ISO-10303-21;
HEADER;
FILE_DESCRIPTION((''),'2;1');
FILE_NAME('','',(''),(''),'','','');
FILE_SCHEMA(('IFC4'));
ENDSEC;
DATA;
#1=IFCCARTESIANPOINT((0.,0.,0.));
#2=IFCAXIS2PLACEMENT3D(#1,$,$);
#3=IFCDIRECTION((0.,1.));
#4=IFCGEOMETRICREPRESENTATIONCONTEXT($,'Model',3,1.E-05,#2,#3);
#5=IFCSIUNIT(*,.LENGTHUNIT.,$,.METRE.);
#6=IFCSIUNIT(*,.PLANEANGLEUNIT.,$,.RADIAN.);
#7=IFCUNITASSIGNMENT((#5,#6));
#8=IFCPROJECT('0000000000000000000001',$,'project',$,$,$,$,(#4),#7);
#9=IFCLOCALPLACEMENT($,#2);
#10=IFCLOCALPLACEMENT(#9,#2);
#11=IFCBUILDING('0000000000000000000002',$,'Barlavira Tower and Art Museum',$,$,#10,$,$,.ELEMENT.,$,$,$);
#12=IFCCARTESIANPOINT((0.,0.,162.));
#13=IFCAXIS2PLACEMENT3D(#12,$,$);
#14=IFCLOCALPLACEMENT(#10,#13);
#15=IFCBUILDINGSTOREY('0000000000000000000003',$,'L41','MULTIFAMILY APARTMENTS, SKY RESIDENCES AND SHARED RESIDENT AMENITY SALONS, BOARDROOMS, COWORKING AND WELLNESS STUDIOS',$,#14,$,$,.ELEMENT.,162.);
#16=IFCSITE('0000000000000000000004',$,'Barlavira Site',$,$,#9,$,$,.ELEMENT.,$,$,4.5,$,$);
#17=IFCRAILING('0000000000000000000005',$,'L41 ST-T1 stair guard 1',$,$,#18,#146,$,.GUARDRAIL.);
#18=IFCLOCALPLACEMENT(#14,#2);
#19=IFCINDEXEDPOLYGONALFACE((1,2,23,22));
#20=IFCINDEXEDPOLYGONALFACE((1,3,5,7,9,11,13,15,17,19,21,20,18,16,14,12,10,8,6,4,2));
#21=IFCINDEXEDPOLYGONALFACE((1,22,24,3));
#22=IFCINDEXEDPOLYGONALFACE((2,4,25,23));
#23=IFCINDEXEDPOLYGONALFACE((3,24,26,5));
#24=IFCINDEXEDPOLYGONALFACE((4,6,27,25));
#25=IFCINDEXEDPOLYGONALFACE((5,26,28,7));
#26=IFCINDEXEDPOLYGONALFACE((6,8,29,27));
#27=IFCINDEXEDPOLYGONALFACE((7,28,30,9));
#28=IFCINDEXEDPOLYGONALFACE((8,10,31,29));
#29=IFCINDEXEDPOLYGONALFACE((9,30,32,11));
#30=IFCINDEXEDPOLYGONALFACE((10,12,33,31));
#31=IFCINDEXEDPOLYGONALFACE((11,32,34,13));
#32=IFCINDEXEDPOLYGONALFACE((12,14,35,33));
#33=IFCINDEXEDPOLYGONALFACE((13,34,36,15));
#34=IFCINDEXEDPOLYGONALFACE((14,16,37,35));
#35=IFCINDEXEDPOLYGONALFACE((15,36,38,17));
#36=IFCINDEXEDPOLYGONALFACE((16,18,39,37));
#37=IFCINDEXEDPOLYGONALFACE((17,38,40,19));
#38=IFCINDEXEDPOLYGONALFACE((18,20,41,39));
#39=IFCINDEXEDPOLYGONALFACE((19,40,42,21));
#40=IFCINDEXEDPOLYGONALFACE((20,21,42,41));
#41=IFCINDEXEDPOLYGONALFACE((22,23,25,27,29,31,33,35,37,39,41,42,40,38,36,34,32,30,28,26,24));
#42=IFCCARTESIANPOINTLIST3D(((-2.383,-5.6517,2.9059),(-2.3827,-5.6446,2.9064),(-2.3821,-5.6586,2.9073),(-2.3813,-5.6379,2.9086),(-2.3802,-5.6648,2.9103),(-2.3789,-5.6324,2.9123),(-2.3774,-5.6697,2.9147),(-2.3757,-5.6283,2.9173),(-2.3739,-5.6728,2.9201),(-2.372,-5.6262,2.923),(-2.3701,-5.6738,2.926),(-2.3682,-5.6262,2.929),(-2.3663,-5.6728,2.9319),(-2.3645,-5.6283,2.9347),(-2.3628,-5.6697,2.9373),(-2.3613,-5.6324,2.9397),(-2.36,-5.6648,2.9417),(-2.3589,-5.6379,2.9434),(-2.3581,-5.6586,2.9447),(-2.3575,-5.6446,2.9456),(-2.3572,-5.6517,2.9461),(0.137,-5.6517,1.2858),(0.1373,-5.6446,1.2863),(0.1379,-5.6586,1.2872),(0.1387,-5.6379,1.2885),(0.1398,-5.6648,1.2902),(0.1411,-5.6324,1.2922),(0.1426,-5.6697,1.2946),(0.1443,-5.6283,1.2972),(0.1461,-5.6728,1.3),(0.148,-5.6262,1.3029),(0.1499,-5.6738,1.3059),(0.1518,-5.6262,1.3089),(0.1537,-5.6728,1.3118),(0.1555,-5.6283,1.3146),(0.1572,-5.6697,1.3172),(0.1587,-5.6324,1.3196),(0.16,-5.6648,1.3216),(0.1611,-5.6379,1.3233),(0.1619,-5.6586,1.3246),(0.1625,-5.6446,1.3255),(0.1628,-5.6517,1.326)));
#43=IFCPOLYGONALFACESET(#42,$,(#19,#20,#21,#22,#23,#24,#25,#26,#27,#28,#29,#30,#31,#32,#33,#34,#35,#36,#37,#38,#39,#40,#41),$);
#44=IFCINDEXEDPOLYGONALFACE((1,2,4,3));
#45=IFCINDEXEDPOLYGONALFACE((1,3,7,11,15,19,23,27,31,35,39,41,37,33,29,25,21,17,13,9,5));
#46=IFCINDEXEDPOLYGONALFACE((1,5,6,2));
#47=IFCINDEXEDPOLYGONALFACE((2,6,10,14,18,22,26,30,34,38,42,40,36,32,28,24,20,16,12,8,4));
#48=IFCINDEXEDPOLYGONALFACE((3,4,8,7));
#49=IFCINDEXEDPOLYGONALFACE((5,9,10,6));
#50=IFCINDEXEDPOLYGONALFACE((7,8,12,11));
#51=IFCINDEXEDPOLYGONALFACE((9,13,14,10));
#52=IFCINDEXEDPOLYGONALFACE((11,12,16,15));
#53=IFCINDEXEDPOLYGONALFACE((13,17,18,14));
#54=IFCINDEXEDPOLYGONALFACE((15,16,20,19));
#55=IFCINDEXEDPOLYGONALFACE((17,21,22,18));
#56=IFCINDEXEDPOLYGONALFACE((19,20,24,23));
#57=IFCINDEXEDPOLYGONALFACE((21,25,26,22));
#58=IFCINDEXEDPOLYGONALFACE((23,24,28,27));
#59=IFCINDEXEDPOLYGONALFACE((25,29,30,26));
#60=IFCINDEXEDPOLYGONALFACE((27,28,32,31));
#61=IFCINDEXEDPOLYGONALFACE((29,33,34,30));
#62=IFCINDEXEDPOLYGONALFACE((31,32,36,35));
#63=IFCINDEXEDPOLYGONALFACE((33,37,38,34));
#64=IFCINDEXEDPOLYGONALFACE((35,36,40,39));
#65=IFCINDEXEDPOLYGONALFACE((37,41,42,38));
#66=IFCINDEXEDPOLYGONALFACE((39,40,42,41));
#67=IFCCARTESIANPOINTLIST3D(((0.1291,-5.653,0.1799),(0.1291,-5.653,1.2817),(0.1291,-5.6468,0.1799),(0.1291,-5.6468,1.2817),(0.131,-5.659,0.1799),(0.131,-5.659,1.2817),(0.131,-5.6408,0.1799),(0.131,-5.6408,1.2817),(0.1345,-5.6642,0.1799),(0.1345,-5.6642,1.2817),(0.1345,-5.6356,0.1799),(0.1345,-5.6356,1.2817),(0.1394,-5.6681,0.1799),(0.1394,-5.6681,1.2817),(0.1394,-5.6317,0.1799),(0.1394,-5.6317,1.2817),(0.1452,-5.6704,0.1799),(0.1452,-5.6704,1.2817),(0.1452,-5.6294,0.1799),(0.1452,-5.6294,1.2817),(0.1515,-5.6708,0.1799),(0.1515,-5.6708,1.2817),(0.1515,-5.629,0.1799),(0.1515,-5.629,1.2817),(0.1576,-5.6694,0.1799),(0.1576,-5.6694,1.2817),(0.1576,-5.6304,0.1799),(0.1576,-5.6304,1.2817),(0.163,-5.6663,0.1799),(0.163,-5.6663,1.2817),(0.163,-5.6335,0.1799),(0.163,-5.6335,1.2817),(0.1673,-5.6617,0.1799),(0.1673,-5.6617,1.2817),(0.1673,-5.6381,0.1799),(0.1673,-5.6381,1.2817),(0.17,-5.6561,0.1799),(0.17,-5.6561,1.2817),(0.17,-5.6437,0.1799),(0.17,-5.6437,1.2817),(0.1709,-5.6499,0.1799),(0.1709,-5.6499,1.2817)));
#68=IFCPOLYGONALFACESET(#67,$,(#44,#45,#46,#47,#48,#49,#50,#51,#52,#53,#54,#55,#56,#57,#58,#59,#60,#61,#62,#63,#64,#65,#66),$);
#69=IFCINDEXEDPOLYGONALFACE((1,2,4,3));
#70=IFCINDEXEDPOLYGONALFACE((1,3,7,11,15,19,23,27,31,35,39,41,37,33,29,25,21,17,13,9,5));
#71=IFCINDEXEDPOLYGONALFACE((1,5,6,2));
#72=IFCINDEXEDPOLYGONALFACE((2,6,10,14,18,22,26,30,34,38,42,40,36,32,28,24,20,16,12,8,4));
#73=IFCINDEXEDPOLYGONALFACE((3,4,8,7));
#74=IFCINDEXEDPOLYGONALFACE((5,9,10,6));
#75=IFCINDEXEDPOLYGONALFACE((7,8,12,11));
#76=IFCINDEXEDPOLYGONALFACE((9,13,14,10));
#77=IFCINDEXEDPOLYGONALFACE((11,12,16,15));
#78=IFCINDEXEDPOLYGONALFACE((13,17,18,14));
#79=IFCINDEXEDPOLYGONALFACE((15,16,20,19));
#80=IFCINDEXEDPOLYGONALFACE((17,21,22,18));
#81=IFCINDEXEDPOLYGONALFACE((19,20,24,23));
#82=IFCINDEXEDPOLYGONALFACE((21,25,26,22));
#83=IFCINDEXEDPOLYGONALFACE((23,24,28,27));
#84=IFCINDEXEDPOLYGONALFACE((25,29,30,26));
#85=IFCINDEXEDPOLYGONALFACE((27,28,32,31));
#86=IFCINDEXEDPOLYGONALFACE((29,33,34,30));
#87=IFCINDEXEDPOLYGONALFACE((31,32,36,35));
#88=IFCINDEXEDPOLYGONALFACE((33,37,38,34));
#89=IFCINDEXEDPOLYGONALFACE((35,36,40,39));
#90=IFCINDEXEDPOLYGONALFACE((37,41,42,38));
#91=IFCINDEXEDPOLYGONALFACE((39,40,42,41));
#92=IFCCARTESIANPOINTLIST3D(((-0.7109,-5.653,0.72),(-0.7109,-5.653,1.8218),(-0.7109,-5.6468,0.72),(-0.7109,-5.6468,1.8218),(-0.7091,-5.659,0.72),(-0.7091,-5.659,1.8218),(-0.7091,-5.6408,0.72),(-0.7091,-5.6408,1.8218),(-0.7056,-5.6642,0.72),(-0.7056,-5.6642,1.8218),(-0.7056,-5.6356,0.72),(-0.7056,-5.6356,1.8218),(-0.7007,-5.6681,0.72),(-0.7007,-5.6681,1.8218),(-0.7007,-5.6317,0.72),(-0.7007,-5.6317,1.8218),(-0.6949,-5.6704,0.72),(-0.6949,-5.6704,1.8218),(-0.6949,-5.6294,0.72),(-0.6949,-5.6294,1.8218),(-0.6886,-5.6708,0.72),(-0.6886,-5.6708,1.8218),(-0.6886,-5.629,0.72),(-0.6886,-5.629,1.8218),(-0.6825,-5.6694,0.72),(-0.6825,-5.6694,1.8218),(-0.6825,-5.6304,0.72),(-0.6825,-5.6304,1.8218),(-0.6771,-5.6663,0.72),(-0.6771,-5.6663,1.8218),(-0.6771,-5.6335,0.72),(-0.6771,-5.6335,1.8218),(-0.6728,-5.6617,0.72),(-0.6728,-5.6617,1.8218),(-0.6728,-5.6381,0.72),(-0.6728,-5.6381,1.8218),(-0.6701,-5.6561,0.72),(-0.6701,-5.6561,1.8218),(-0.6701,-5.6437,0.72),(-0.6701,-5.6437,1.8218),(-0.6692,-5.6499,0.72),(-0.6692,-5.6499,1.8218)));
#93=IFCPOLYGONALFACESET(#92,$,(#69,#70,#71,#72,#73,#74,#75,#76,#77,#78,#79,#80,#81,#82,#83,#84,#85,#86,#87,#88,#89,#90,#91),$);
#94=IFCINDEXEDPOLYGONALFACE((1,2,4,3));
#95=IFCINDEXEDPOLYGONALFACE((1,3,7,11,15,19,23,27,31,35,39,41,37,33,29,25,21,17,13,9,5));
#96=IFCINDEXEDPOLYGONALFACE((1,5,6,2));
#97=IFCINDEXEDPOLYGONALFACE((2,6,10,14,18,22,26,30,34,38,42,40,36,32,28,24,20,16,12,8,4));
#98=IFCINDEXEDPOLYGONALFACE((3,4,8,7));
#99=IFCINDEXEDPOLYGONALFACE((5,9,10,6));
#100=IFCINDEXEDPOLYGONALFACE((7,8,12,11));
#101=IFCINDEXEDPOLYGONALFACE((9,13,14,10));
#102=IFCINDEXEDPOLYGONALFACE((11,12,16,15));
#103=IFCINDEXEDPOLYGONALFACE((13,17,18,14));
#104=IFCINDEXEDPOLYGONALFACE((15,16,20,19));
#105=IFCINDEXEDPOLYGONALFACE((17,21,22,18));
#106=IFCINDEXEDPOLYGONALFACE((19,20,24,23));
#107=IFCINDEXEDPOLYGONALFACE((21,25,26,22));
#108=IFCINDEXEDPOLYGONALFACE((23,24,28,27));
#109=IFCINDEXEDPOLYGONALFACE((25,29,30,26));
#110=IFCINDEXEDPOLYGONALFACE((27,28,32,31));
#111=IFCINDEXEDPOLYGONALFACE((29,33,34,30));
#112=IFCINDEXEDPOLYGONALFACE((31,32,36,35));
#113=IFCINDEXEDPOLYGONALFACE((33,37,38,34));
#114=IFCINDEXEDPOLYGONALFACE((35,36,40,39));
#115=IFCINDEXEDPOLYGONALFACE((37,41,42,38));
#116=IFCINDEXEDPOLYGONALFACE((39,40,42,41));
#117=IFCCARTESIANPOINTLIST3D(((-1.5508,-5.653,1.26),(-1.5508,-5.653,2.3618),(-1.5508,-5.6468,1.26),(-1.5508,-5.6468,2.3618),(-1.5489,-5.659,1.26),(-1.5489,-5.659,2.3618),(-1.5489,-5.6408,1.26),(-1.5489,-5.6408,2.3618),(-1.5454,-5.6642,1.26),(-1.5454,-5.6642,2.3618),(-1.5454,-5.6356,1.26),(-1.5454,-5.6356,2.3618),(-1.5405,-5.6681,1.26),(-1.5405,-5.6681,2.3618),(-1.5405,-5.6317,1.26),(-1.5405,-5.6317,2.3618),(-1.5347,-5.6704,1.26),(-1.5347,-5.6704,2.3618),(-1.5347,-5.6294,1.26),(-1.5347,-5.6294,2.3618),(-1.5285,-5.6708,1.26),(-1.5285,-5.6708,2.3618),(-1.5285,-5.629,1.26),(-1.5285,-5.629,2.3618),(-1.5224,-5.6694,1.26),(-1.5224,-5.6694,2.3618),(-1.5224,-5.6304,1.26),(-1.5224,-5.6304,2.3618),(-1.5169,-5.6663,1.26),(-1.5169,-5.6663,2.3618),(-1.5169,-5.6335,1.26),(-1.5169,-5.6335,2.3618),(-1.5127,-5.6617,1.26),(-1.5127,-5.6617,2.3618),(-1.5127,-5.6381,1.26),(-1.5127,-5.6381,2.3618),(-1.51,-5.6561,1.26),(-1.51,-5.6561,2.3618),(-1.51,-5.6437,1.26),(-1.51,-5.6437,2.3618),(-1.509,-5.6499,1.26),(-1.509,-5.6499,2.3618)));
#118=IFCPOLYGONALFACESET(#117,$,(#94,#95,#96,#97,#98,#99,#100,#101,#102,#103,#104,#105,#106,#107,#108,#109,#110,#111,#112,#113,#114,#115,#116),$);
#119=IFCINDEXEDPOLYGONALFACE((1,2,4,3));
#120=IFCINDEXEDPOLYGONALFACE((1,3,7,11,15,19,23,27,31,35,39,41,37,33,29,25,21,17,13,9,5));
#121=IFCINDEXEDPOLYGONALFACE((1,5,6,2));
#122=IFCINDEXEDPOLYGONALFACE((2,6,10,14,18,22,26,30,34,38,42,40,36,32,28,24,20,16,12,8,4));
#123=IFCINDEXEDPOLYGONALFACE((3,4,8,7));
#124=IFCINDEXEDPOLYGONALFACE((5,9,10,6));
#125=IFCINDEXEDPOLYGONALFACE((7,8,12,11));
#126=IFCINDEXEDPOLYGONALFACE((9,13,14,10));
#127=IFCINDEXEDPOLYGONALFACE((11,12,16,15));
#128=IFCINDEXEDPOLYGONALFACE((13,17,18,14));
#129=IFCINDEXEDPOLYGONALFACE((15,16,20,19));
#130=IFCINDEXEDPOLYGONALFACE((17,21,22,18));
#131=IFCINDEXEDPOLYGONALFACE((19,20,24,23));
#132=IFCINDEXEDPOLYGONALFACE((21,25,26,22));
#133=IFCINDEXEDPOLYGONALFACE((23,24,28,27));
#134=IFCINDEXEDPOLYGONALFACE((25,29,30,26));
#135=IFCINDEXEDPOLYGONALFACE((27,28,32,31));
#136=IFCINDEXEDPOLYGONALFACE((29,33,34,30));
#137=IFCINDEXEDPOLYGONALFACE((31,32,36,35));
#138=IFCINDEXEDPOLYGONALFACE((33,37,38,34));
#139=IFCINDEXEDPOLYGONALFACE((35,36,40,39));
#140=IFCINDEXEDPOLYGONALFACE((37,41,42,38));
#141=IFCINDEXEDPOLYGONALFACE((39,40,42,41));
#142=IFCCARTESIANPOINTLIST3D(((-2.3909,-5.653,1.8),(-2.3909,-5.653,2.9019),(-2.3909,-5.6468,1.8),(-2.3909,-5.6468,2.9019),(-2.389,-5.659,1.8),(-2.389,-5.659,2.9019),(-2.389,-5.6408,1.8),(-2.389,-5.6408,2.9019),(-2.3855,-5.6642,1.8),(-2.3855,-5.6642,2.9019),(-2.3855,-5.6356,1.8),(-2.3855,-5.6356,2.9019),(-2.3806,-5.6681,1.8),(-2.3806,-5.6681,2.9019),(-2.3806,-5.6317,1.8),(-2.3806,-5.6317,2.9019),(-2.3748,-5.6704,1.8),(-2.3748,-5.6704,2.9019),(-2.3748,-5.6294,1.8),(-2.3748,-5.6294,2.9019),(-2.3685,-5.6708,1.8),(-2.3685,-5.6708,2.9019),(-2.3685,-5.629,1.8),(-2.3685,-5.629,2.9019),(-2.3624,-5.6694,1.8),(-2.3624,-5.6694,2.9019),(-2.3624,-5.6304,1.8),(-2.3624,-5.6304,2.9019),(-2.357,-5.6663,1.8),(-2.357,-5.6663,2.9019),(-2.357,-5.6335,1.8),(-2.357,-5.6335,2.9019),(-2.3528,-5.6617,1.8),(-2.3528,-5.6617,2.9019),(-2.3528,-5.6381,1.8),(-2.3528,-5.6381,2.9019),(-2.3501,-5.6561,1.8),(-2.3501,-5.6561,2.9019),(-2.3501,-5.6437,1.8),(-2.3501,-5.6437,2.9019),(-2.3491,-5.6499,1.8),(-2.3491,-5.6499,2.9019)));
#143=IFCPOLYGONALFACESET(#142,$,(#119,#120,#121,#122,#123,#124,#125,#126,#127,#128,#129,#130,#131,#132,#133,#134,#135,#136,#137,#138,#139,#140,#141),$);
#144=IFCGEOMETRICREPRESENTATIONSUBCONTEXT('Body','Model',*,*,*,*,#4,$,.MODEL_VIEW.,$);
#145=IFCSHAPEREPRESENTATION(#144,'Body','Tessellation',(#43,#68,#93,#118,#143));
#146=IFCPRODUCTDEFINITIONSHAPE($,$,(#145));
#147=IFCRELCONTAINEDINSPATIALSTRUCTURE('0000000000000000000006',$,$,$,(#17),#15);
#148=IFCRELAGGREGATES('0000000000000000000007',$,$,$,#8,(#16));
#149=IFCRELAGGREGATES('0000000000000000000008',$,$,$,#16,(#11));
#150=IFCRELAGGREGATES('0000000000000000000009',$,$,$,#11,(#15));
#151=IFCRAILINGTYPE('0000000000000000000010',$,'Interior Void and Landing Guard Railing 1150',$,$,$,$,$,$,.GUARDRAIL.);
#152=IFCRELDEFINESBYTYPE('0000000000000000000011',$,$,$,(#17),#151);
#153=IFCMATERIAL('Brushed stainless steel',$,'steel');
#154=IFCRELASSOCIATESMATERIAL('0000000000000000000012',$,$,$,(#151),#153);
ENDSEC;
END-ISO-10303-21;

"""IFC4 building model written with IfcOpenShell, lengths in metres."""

from ifc_helpers import new_model, si_unit, direction, frame, origin, origin_2d, place, context, subcontext, project, spatial, circle, extrude, material, type_object, element, save


model = new_model("IFC4")

# Units and contexts
model_context = context("Model", 3, precision=1e-05, world=origin(), true_north=direction((0.0, 1.0)))
body_context = subcontext(model_context, "Body", "Model", "MODEL_VIEW")
ifc_project = project(units=[si_unit("LENGTHUNIT", "METRE"), si_unit("PLANEANGLEUNIT", "RADIAN")], contexts=[model_context])

# Site, building, storey
site_placement = place(None, origin())
site = spatial("IfcSite", under=ifc_project, at=site_placement, Name="Barlavira Site", CompositionType="ELEMENT", RefElevation=4.5)
building_placement = place(site_placement, origin())
building = spatial("IfcBuilding", under=site, at=building_placement, Name="Barlavira Tower and Art Museum", CompositionType="ELEMENT")
storey_placement = place(building_placement, frame((0.0, 0.0, 162.0)))
storey = spatial("IfcBuildingStorey", under=building, at=storey_placement, Name="L41", Description="MULTIFAMILY APARTMENTS, SKY RESIDENCES AND SHARED RESIDENT AMENITY SALONS, BOARDROOMS, COWORKING AND WELLNESS STUDIOS", CompositionType="ELEMENT", Elevation=162.0)

# Shared definitions
ifc_material_1 = material(Name="Brushed stainless steel", Category="steel")

# Railing
railing_type_1 = type_object("IfcRailingType", Name="Interior Void and Landing Guard Railing 1150", PredefinedType="GUARDRAIL", material=ifc_material_1)
railing_1_placement = place(storey_placement, frame((0.1499, -5.6499, 0.1799)))
element("IfcRailing", 1, at=railing_1_placement, inside=storey, type_object=railing_type_1, Name="L41 ST-T1 stair guard 1", PredefinedType="GUARDRAIL", context=body_context, shape_type="SweptSolid", body=[
    extrude(circle(Radius=0.0239, at=origin_2d()), frame((0.0, 0.0, 1.126), z_axis=(-0.841163, 0.0, 0.540782), x_axis=(0.0, -1.0, 0.0)), (0.0, 0.0, 1.0), 2.9958),
    extrude(circle(Radius=0.021, at=origin_2d()), origin(), (0.0, 0.0, 1.0), 1.1018),
    extrude(circle(Radius=0.021, at=origin_2d()), frame((-0.8401, 0.0, 0.54)), (0.0, 0.0, 1.0), 1.1018),
    extrude(circle(Radius=0.021, at=origin_2d()), frame((-1.6799, 0.0, 1.0801)), (0.0, 0.0, 1.0), 1.1018),
    extrude(circle(Radius=0.021, at=origin_2d()), frame((-2.52, 0.0, 1.6201)), (0.0, 0.0, 1.0), 1.1018),
])

save(model, "model.ifc")
